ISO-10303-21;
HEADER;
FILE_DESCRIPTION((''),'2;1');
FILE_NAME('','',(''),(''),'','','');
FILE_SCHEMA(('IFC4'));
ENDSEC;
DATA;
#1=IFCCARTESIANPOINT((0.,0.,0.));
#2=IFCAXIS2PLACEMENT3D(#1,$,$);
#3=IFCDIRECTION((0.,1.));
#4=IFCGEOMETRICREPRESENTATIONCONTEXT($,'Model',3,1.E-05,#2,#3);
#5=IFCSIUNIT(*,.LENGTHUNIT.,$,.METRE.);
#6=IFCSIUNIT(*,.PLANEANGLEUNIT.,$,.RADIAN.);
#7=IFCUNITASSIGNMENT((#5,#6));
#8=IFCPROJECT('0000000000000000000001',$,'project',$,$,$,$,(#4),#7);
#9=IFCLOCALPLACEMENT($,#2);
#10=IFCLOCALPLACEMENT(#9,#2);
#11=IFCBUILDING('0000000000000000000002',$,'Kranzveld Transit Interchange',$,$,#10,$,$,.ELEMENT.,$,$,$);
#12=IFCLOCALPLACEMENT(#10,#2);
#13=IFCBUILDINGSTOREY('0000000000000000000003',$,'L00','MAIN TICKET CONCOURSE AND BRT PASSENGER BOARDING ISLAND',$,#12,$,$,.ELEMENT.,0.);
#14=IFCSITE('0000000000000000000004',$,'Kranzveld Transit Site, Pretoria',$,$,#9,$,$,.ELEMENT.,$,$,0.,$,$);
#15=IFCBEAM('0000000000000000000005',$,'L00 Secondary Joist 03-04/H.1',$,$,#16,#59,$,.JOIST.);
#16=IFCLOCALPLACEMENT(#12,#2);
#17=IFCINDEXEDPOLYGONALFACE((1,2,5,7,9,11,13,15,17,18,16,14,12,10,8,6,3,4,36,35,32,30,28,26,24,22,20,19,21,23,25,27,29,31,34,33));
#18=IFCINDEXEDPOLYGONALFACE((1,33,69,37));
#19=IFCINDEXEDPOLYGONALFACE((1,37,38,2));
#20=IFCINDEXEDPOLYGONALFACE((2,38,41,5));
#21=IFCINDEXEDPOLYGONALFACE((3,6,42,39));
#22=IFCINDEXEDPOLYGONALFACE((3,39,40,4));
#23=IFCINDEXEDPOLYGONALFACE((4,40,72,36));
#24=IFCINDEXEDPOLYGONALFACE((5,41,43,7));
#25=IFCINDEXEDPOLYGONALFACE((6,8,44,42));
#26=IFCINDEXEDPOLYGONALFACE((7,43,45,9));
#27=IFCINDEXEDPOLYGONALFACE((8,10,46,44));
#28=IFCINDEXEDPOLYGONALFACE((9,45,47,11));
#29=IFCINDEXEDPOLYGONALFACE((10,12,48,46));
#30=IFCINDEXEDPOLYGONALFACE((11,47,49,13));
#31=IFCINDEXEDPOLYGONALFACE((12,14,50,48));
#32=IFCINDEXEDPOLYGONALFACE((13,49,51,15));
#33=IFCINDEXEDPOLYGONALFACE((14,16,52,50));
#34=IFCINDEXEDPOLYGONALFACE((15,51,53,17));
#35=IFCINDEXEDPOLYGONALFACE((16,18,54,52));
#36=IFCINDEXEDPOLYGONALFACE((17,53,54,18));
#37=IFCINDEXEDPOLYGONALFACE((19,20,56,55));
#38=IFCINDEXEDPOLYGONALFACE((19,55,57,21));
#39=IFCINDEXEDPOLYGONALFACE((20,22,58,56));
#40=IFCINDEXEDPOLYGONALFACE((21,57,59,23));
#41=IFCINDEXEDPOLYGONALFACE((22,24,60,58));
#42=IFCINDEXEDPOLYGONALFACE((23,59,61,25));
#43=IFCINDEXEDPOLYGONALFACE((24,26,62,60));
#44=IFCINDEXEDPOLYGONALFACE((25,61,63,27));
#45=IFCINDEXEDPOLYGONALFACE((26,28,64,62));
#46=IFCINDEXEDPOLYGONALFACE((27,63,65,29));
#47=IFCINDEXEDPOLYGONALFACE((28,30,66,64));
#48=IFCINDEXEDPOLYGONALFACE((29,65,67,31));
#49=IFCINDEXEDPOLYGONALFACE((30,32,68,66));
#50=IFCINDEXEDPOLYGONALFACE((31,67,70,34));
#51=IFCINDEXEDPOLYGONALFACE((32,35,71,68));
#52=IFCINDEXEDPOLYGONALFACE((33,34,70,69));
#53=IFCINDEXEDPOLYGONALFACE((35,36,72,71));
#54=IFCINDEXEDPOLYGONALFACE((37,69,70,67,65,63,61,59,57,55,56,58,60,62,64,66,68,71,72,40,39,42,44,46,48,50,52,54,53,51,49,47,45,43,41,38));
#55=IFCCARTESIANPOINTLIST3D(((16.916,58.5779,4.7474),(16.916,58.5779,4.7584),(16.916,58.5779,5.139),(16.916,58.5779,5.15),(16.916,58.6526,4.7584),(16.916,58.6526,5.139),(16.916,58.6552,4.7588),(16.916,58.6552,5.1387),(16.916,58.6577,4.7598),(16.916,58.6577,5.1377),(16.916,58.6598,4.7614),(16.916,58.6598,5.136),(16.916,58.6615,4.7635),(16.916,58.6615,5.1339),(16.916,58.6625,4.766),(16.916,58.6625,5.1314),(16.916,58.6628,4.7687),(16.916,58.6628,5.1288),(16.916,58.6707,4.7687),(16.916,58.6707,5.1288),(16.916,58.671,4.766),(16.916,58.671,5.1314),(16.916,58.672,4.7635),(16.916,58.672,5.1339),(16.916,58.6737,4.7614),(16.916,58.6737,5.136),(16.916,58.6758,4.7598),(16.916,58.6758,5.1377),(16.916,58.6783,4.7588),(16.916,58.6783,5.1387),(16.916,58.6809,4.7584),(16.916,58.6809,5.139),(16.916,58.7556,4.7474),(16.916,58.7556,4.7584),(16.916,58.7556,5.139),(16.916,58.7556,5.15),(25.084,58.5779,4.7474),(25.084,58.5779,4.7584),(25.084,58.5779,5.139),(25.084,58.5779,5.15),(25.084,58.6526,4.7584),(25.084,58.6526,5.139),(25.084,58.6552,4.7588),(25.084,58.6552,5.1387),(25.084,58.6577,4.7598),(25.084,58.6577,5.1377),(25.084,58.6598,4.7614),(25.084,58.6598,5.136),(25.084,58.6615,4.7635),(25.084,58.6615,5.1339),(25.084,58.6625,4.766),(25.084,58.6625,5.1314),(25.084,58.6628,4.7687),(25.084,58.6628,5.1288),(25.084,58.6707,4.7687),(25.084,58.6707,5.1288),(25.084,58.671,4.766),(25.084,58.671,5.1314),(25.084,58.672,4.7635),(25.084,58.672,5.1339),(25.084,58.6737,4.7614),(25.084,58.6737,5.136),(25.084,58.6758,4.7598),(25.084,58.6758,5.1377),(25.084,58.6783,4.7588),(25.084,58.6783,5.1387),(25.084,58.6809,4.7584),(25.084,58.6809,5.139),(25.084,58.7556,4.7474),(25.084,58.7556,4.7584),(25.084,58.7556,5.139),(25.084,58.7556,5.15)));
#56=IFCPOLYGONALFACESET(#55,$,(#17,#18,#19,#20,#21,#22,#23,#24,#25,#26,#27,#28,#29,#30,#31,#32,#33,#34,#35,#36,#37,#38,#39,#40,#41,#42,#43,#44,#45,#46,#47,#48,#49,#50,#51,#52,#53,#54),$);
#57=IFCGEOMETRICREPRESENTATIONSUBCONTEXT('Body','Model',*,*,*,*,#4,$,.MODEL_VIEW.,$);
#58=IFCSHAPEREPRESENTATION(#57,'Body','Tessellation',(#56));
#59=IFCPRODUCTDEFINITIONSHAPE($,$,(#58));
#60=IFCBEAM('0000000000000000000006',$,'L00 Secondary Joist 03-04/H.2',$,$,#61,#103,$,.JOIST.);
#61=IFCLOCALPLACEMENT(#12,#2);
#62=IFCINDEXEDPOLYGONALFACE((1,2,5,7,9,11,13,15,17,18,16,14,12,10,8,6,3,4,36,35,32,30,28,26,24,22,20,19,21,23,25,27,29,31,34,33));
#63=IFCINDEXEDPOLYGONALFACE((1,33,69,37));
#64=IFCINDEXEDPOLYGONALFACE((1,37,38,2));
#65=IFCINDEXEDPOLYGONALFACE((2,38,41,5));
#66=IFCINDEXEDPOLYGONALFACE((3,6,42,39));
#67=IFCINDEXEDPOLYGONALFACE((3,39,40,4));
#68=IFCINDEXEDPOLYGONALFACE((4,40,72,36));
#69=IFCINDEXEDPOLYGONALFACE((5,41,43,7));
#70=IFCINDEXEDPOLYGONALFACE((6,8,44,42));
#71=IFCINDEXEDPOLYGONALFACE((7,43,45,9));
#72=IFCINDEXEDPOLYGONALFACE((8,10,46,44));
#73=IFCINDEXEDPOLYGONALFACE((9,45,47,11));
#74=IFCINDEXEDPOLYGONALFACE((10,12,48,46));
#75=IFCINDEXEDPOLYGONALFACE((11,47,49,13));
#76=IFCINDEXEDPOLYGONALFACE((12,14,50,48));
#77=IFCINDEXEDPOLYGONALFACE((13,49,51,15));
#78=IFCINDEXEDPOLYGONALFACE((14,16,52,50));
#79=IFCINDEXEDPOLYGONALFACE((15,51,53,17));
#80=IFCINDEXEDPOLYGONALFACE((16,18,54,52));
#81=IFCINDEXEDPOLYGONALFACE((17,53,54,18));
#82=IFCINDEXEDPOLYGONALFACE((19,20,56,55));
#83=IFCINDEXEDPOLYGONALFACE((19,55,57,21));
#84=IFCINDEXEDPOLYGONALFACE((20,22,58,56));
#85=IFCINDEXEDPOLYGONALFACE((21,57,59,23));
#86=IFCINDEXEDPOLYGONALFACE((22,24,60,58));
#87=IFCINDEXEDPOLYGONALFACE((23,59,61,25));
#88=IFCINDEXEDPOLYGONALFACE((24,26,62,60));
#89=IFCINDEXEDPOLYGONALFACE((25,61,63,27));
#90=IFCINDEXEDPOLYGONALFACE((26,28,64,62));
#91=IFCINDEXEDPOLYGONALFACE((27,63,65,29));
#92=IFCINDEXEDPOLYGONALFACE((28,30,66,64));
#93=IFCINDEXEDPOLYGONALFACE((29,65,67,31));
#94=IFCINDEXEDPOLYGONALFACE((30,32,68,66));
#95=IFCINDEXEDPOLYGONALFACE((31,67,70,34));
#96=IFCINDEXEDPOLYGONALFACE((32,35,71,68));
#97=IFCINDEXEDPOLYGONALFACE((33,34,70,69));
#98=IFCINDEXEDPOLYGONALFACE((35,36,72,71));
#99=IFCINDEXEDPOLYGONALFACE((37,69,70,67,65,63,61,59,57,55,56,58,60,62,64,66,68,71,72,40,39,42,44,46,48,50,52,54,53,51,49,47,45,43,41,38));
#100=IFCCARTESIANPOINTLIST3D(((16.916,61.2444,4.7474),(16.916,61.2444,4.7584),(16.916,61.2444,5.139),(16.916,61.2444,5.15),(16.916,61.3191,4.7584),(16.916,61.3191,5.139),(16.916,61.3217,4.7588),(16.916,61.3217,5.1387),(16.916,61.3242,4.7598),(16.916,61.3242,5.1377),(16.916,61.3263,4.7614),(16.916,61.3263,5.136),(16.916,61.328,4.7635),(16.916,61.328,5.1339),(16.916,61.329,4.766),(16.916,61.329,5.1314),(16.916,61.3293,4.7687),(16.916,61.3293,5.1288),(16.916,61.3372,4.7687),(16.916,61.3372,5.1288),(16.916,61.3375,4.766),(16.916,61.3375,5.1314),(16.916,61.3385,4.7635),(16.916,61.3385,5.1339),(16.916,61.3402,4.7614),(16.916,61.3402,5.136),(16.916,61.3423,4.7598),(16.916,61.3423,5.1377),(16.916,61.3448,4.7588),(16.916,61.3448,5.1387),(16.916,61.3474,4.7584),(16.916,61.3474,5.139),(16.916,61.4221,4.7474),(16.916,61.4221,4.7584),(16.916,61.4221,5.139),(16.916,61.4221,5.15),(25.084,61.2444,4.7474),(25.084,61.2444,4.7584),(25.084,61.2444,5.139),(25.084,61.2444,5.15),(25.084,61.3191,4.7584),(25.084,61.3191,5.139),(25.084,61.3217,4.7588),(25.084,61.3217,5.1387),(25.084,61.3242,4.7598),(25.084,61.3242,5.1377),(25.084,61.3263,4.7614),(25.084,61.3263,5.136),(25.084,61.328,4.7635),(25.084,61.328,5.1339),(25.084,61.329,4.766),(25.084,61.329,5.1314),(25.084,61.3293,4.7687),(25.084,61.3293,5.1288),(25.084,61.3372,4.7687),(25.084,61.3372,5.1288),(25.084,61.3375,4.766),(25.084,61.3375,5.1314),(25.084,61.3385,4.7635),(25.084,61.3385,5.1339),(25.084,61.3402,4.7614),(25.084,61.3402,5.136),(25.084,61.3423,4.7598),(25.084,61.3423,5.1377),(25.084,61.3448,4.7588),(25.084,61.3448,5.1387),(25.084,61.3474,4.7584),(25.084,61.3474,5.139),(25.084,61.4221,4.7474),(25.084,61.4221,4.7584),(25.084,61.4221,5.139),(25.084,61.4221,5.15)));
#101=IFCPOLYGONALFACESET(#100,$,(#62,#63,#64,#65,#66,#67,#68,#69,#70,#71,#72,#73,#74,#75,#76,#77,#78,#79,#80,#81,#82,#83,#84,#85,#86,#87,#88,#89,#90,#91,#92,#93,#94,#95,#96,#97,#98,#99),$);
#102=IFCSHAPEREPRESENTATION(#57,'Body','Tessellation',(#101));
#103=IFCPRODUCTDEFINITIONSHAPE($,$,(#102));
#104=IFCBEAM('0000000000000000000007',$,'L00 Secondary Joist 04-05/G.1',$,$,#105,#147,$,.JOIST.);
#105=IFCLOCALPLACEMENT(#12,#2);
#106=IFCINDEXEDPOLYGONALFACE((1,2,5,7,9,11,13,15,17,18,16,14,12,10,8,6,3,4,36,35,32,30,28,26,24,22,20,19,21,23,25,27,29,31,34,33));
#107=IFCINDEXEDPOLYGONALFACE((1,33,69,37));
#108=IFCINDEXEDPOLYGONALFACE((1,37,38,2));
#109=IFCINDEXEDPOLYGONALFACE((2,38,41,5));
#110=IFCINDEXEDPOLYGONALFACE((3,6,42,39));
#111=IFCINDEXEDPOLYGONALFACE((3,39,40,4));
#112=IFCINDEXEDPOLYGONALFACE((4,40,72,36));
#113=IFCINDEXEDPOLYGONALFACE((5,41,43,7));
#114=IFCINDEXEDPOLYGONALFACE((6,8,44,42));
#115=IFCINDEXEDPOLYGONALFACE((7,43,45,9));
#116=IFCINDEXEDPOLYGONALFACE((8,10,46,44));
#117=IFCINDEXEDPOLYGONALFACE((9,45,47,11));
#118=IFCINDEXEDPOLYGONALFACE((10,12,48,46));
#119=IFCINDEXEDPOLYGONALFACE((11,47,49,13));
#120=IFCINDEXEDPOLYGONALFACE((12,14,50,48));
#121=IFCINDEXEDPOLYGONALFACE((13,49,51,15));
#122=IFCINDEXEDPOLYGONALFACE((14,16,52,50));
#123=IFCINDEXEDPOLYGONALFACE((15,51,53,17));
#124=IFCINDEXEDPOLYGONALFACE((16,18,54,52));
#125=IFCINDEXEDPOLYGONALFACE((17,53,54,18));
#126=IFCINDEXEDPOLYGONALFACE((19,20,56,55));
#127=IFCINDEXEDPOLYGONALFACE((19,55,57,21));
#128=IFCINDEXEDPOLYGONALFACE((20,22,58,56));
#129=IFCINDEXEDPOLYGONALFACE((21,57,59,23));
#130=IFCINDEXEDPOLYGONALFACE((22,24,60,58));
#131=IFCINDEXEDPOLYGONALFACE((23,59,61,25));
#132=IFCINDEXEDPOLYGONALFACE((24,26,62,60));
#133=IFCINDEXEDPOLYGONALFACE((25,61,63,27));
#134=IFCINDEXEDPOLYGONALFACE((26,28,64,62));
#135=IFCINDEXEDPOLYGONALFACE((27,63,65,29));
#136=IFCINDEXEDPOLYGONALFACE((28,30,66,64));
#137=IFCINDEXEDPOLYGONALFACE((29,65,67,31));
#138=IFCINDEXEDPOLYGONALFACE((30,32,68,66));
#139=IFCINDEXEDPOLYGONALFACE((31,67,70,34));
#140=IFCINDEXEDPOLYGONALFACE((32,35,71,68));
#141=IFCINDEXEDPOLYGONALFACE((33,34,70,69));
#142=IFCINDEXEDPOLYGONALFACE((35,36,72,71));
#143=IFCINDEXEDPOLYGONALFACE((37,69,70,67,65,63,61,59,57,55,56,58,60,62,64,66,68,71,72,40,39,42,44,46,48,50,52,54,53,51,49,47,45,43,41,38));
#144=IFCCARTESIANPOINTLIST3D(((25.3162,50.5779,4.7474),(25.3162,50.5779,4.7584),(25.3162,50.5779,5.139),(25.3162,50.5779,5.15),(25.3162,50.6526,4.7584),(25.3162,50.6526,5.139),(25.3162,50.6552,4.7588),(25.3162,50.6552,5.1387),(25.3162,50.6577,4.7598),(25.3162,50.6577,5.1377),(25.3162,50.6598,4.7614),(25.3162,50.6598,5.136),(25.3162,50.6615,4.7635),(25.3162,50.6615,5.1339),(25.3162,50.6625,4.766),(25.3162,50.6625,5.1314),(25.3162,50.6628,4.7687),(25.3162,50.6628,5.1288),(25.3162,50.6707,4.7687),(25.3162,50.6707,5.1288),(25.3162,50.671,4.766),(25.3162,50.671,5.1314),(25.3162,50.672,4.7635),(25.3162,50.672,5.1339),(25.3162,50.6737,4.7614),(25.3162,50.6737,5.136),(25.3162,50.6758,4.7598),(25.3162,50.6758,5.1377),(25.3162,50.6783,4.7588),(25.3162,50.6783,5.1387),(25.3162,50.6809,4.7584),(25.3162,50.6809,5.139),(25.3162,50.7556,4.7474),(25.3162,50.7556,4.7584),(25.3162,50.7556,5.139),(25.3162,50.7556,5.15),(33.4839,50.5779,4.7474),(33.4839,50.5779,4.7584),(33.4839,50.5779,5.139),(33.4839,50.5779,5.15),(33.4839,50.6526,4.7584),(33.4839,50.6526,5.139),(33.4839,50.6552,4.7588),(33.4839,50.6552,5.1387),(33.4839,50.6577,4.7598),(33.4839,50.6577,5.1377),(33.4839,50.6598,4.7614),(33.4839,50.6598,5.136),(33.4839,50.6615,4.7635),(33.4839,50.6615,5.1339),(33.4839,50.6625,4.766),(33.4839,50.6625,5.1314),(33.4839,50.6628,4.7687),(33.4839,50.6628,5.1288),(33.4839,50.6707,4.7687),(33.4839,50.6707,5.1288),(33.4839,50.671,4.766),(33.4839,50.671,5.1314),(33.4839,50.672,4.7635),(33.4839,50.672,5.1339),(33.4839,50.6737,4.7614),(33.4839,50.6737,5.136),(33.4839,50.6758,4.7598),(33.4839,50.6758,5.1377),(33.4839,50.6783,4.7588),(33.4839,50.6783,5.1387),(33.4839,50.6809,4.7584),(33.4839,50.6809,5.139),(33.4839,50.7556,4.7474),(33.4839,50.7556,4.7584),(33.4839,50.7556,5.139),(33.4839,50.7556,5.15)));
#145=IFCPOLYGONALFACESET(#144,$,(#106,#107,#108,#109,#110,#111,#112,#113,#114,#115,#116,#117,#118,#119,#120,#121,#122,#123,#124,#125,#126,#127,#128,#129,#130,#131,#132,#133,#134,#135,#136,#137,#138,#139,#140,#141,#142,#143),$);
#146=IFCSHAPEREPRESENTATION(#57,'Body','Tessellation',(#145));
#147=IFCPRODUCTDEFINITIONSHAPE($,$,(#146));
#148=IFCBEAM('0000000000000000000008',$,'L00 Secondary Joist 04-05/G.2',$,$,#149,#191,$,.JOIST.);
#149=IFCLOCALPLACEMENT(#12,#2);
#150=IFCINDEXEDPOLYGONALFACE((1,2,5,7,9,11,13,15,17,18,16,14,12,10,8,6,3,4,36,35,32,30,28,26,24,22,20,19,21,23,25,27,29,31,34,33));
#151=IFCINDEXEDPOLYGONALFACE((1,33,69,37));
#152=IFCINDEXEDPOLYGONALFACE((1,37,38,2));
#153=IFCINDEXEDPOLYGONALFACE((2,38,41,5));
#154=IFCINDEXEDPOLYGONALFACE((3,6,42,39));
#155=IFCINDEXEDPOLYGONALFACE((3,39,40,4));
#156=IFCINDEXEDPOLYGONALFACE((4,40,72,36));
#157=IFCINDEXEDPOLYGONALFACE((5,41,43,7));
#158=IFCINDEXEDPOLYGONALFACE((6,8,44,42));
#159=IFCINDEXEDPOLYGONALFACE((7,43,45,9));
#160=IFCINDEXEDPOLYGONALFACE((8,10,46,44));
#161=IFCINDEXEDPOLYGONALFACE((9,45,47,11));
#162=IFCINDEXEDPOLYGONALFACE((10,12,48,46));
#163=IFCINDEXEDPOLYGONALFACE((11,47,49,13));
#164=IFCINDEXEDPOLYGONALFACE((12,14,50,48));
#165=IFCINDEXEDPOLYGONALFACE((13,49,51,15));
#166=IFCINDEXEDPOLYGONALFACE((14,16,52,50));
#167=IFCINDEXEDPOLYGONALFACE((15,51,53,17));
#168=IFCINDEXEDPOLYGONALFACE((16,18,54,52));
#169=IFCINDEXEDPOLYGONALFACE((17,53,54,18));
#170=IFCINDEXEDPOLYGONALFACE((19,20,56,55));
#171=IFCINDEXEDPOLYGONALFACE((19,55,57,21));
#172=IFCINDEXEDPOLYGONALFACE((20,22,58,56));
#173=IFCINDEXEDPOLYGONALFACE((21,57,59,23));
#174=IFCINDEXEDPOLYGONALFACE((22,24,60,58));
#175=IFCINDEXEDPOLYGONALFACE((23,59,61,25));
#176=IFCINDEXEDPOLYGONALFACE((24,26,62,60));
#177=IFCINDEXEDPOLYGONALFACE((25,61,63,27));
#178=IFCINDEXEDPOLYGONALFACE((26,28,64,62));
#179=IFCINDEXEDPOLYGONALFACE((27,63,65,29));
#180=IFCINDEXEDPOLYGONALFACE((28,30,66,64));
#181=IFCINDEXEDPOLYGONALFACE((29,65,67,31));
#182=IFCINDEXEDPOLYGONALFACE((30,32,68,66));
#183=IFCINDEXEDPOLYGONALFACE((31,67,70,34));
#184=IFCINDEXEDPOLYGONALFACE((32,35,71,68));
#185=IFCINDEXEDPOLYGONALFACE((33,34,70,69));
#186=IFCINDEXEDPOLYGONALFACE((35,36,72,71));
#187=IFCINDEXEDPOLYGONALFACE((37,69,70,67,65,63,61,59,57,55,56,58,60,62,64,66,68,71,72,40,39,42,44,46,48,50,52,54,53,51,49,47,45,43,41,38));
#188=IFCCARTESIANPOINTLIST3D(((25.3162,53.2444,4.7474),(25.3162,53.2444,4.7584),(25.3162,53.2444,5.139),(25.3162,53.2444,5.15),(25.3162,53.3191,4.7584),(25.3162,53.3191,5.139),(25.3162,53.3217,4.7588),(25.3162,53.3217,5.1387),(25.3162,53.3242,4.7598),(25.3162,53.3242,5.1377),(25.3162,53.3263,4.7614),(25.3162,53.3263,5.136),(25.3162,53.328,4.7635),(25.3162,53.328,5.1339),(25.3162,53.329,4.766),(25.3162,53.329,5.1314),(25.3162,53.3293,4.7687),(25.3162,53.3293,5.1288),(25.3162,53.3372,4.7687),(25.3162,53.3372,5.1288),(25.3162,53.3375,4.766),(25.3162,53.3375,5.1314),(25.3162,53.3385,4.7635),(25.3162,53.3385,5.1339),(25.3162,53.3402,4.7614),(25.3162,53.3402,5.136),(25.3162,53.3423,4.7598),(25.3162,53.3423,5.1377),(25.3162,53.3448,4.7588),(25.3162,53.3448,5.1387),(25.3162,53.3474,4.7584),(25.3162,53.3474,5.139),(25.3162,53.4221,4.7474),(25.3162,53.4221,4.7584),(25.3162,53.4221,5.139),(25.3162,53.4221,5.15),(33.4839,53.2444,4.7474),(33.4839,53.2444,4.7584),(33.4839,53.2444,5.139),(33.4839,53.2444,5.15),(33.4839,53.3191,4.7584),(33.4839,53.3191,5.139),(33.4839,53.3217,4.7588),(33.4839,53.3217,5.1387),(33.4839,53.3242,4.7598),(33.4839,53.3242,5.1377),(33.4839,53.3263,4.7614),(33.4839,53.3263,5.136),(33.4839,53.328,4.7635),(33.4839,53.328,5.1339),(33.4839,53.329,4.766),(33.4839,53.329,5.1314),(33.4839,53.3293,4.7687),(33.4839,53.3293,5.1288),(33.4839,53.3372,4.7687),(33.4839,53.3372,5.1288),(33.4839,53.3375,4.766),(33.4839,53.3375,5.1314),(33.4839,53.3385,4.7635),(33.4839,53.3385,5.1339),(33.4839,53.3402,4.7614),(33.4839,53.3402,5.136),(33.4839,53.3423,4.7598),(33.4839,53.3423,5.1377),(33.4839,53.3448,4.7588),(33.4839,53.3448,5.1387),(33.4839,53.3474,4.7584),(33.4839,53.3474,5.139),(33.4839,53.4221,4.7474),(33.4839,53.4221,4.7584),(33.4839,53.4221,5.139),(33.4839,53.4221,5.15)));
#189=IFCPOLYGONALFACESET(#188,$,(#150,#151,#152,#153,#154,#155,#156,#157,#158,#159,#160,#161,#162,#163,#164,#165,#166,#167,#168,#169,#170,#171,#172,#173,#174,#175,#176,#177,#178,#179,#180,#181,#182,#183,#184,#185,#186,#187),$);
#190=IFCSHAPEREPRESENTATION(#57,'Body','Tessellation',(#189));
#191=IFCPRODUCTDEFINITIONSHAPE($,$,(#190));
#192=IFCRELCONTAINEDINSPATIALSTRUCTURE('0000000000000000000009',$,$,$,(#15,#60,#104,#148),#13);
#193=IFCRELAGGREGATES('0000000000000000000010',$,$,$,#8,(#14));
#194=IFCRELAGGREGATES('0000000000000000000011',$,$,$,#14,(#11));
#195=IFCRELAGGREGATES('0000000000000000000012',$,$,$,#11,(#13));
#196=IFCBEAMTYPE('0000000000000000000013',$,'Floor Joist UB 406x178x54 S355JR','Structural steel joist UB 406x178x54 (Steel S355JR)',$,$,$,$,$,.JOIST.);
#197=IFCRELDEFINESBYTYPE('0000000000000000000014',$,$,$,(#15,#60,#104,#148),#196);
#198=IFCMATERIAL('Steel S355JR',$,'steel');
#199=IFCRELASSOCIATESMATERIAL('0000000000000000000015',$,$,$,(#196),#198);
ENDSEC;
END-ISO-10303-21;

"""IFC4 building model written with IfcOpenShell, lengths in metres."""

from ifc_helpers import new_model, si_unit, direction, frame, origin, origin_2d, place, context, subcontext, project, spatial, i_section, extrude, material, material_profile, profile_set, type_object, element, save


model = new_model("IFC4")

# Units and contexts
model_context = context("Model", 3, precision=1e-05, world=origin(), true_north=direction((0.0, 1.0)))
body_context = subcontext(model_context, "Body", "Model", "MODEL_VIEW")
ifc_project = project(units=[si_unit("LENGTHUNIT", "METRE"), si_unit("PLANEANGLEUNIT", "RADIAN")], contexts=[model_context])

# Site, building, storey
site_placement = place(None, origin())
site = spatial("IfcSite", under=ifc_project, at=site_placement, Name="Kranzveld Transit Site, Pretoria", CompositionType="ELEMENT", RefElevation=0.0)
building_placement = place(site_placement, origin())
building = spatial("IfcBuilding", under=site, at=building_placement, Name="Kranzveld Transit Interchange", CompositionType="ELEMENT")
storey_placement = place(building_placement, origin())
storey = spatial("IfcBuildingStorey", under=building, at=storey_placement, Name="L00", Description="MAIN TICKET CONCOURSE AND BRT PASSENGER BOARDING ISLAND", CompositionType="ELEMENT", Elevation=0.0)

# Beams
ifc_material_1 = material(Name="Steel S355JR", Category="steel")
ifc_material_profile_1 = material_profile(ifc_material_1, i_section(OverallWidth=0.1777, OverallDepth=0.4026, WebThickness=0.0078, FlangeThickness=0.011, FilletRadius=0.0103, at=origin_2d()), Name="UB 406x178x54")
ifc_profile_set_1 = profile_set([ifc_material_profile_1], Name="Steel S355JR")
beam_type_1 = type_object("IfcBeamType", Name="Floor Joist UB 406x178x54 S355JR", Description="Structural steel joist UB 406x178x54 (Steel S355JR)", PredefinedType="JOIST", material=ifc_profile_set_1)
for number, where, z_axis, x_axis, name in (
    (1, (16.916, 58.6667, 4.9487), (1.0, 0.0, 0.0), (0.0, 1.0, 0.0), "L00 Secondary Joist 03-04/H.1"),
    (2, (16.916, 61.3333, 4.9487), (1.0, 0.0, 0.0), (0.0, 1.0, 0.0), "L00 Secondary Joist 03-04/H.2"),
):
    element("IfcBeam", number, at=place(storey_placement, frame(where, z_axis=z_axis, x_axis=x_axis)), inside=storey, type_object=beam_type_1, Name=name, PredefinedType="JOIST", context=body_context, shape_type="SweptSolid", body=[
        extrude(i_section(OverallWidth=0.1777, OverallDepth=0.4026, WebThickness=0.0078, FlangeThickness=0.011, FilletRadius=0.0103, at=origin_2d()), origin(), (0.0, 0.0, 1.0), 8.168),
    ])
for number, where, z_axis, x_axis, name in (
    (3, (25.3162, 50.6667, 4.9487), (1.0, 0.0, 0.0), (0.0, 1.0, 0.0), "L00 Secondary Joist 04-05/G.1"),
    (4, (25.3162, 53.3333, 4.9487), (1.0, 0.0, 0.0), (0.0, 1.0, 0.0), "L00 Secondary Joist 04-05/G.2"),
):
    element("IfcBeam", number, at=place(storey_placement, frame(where, z_axis=z_axis, x_axis=x_axis)), inside=storey, type_object=beam_type_1, Name=name, PredefinedType="JOIST", context=body_context, shape_type="SweptSolid", body=[
        extrude(i_section(OverallWidth=0.1777, OverallDepth=0.4026, WebThickness=0.0078, FlangeThickness=0.011, FilletRadius=0.0103, at=origin_2d()), origin(), (0.0, 0.0, 1.0), 8.1677),
    ])

save(model, "model.ifc")
